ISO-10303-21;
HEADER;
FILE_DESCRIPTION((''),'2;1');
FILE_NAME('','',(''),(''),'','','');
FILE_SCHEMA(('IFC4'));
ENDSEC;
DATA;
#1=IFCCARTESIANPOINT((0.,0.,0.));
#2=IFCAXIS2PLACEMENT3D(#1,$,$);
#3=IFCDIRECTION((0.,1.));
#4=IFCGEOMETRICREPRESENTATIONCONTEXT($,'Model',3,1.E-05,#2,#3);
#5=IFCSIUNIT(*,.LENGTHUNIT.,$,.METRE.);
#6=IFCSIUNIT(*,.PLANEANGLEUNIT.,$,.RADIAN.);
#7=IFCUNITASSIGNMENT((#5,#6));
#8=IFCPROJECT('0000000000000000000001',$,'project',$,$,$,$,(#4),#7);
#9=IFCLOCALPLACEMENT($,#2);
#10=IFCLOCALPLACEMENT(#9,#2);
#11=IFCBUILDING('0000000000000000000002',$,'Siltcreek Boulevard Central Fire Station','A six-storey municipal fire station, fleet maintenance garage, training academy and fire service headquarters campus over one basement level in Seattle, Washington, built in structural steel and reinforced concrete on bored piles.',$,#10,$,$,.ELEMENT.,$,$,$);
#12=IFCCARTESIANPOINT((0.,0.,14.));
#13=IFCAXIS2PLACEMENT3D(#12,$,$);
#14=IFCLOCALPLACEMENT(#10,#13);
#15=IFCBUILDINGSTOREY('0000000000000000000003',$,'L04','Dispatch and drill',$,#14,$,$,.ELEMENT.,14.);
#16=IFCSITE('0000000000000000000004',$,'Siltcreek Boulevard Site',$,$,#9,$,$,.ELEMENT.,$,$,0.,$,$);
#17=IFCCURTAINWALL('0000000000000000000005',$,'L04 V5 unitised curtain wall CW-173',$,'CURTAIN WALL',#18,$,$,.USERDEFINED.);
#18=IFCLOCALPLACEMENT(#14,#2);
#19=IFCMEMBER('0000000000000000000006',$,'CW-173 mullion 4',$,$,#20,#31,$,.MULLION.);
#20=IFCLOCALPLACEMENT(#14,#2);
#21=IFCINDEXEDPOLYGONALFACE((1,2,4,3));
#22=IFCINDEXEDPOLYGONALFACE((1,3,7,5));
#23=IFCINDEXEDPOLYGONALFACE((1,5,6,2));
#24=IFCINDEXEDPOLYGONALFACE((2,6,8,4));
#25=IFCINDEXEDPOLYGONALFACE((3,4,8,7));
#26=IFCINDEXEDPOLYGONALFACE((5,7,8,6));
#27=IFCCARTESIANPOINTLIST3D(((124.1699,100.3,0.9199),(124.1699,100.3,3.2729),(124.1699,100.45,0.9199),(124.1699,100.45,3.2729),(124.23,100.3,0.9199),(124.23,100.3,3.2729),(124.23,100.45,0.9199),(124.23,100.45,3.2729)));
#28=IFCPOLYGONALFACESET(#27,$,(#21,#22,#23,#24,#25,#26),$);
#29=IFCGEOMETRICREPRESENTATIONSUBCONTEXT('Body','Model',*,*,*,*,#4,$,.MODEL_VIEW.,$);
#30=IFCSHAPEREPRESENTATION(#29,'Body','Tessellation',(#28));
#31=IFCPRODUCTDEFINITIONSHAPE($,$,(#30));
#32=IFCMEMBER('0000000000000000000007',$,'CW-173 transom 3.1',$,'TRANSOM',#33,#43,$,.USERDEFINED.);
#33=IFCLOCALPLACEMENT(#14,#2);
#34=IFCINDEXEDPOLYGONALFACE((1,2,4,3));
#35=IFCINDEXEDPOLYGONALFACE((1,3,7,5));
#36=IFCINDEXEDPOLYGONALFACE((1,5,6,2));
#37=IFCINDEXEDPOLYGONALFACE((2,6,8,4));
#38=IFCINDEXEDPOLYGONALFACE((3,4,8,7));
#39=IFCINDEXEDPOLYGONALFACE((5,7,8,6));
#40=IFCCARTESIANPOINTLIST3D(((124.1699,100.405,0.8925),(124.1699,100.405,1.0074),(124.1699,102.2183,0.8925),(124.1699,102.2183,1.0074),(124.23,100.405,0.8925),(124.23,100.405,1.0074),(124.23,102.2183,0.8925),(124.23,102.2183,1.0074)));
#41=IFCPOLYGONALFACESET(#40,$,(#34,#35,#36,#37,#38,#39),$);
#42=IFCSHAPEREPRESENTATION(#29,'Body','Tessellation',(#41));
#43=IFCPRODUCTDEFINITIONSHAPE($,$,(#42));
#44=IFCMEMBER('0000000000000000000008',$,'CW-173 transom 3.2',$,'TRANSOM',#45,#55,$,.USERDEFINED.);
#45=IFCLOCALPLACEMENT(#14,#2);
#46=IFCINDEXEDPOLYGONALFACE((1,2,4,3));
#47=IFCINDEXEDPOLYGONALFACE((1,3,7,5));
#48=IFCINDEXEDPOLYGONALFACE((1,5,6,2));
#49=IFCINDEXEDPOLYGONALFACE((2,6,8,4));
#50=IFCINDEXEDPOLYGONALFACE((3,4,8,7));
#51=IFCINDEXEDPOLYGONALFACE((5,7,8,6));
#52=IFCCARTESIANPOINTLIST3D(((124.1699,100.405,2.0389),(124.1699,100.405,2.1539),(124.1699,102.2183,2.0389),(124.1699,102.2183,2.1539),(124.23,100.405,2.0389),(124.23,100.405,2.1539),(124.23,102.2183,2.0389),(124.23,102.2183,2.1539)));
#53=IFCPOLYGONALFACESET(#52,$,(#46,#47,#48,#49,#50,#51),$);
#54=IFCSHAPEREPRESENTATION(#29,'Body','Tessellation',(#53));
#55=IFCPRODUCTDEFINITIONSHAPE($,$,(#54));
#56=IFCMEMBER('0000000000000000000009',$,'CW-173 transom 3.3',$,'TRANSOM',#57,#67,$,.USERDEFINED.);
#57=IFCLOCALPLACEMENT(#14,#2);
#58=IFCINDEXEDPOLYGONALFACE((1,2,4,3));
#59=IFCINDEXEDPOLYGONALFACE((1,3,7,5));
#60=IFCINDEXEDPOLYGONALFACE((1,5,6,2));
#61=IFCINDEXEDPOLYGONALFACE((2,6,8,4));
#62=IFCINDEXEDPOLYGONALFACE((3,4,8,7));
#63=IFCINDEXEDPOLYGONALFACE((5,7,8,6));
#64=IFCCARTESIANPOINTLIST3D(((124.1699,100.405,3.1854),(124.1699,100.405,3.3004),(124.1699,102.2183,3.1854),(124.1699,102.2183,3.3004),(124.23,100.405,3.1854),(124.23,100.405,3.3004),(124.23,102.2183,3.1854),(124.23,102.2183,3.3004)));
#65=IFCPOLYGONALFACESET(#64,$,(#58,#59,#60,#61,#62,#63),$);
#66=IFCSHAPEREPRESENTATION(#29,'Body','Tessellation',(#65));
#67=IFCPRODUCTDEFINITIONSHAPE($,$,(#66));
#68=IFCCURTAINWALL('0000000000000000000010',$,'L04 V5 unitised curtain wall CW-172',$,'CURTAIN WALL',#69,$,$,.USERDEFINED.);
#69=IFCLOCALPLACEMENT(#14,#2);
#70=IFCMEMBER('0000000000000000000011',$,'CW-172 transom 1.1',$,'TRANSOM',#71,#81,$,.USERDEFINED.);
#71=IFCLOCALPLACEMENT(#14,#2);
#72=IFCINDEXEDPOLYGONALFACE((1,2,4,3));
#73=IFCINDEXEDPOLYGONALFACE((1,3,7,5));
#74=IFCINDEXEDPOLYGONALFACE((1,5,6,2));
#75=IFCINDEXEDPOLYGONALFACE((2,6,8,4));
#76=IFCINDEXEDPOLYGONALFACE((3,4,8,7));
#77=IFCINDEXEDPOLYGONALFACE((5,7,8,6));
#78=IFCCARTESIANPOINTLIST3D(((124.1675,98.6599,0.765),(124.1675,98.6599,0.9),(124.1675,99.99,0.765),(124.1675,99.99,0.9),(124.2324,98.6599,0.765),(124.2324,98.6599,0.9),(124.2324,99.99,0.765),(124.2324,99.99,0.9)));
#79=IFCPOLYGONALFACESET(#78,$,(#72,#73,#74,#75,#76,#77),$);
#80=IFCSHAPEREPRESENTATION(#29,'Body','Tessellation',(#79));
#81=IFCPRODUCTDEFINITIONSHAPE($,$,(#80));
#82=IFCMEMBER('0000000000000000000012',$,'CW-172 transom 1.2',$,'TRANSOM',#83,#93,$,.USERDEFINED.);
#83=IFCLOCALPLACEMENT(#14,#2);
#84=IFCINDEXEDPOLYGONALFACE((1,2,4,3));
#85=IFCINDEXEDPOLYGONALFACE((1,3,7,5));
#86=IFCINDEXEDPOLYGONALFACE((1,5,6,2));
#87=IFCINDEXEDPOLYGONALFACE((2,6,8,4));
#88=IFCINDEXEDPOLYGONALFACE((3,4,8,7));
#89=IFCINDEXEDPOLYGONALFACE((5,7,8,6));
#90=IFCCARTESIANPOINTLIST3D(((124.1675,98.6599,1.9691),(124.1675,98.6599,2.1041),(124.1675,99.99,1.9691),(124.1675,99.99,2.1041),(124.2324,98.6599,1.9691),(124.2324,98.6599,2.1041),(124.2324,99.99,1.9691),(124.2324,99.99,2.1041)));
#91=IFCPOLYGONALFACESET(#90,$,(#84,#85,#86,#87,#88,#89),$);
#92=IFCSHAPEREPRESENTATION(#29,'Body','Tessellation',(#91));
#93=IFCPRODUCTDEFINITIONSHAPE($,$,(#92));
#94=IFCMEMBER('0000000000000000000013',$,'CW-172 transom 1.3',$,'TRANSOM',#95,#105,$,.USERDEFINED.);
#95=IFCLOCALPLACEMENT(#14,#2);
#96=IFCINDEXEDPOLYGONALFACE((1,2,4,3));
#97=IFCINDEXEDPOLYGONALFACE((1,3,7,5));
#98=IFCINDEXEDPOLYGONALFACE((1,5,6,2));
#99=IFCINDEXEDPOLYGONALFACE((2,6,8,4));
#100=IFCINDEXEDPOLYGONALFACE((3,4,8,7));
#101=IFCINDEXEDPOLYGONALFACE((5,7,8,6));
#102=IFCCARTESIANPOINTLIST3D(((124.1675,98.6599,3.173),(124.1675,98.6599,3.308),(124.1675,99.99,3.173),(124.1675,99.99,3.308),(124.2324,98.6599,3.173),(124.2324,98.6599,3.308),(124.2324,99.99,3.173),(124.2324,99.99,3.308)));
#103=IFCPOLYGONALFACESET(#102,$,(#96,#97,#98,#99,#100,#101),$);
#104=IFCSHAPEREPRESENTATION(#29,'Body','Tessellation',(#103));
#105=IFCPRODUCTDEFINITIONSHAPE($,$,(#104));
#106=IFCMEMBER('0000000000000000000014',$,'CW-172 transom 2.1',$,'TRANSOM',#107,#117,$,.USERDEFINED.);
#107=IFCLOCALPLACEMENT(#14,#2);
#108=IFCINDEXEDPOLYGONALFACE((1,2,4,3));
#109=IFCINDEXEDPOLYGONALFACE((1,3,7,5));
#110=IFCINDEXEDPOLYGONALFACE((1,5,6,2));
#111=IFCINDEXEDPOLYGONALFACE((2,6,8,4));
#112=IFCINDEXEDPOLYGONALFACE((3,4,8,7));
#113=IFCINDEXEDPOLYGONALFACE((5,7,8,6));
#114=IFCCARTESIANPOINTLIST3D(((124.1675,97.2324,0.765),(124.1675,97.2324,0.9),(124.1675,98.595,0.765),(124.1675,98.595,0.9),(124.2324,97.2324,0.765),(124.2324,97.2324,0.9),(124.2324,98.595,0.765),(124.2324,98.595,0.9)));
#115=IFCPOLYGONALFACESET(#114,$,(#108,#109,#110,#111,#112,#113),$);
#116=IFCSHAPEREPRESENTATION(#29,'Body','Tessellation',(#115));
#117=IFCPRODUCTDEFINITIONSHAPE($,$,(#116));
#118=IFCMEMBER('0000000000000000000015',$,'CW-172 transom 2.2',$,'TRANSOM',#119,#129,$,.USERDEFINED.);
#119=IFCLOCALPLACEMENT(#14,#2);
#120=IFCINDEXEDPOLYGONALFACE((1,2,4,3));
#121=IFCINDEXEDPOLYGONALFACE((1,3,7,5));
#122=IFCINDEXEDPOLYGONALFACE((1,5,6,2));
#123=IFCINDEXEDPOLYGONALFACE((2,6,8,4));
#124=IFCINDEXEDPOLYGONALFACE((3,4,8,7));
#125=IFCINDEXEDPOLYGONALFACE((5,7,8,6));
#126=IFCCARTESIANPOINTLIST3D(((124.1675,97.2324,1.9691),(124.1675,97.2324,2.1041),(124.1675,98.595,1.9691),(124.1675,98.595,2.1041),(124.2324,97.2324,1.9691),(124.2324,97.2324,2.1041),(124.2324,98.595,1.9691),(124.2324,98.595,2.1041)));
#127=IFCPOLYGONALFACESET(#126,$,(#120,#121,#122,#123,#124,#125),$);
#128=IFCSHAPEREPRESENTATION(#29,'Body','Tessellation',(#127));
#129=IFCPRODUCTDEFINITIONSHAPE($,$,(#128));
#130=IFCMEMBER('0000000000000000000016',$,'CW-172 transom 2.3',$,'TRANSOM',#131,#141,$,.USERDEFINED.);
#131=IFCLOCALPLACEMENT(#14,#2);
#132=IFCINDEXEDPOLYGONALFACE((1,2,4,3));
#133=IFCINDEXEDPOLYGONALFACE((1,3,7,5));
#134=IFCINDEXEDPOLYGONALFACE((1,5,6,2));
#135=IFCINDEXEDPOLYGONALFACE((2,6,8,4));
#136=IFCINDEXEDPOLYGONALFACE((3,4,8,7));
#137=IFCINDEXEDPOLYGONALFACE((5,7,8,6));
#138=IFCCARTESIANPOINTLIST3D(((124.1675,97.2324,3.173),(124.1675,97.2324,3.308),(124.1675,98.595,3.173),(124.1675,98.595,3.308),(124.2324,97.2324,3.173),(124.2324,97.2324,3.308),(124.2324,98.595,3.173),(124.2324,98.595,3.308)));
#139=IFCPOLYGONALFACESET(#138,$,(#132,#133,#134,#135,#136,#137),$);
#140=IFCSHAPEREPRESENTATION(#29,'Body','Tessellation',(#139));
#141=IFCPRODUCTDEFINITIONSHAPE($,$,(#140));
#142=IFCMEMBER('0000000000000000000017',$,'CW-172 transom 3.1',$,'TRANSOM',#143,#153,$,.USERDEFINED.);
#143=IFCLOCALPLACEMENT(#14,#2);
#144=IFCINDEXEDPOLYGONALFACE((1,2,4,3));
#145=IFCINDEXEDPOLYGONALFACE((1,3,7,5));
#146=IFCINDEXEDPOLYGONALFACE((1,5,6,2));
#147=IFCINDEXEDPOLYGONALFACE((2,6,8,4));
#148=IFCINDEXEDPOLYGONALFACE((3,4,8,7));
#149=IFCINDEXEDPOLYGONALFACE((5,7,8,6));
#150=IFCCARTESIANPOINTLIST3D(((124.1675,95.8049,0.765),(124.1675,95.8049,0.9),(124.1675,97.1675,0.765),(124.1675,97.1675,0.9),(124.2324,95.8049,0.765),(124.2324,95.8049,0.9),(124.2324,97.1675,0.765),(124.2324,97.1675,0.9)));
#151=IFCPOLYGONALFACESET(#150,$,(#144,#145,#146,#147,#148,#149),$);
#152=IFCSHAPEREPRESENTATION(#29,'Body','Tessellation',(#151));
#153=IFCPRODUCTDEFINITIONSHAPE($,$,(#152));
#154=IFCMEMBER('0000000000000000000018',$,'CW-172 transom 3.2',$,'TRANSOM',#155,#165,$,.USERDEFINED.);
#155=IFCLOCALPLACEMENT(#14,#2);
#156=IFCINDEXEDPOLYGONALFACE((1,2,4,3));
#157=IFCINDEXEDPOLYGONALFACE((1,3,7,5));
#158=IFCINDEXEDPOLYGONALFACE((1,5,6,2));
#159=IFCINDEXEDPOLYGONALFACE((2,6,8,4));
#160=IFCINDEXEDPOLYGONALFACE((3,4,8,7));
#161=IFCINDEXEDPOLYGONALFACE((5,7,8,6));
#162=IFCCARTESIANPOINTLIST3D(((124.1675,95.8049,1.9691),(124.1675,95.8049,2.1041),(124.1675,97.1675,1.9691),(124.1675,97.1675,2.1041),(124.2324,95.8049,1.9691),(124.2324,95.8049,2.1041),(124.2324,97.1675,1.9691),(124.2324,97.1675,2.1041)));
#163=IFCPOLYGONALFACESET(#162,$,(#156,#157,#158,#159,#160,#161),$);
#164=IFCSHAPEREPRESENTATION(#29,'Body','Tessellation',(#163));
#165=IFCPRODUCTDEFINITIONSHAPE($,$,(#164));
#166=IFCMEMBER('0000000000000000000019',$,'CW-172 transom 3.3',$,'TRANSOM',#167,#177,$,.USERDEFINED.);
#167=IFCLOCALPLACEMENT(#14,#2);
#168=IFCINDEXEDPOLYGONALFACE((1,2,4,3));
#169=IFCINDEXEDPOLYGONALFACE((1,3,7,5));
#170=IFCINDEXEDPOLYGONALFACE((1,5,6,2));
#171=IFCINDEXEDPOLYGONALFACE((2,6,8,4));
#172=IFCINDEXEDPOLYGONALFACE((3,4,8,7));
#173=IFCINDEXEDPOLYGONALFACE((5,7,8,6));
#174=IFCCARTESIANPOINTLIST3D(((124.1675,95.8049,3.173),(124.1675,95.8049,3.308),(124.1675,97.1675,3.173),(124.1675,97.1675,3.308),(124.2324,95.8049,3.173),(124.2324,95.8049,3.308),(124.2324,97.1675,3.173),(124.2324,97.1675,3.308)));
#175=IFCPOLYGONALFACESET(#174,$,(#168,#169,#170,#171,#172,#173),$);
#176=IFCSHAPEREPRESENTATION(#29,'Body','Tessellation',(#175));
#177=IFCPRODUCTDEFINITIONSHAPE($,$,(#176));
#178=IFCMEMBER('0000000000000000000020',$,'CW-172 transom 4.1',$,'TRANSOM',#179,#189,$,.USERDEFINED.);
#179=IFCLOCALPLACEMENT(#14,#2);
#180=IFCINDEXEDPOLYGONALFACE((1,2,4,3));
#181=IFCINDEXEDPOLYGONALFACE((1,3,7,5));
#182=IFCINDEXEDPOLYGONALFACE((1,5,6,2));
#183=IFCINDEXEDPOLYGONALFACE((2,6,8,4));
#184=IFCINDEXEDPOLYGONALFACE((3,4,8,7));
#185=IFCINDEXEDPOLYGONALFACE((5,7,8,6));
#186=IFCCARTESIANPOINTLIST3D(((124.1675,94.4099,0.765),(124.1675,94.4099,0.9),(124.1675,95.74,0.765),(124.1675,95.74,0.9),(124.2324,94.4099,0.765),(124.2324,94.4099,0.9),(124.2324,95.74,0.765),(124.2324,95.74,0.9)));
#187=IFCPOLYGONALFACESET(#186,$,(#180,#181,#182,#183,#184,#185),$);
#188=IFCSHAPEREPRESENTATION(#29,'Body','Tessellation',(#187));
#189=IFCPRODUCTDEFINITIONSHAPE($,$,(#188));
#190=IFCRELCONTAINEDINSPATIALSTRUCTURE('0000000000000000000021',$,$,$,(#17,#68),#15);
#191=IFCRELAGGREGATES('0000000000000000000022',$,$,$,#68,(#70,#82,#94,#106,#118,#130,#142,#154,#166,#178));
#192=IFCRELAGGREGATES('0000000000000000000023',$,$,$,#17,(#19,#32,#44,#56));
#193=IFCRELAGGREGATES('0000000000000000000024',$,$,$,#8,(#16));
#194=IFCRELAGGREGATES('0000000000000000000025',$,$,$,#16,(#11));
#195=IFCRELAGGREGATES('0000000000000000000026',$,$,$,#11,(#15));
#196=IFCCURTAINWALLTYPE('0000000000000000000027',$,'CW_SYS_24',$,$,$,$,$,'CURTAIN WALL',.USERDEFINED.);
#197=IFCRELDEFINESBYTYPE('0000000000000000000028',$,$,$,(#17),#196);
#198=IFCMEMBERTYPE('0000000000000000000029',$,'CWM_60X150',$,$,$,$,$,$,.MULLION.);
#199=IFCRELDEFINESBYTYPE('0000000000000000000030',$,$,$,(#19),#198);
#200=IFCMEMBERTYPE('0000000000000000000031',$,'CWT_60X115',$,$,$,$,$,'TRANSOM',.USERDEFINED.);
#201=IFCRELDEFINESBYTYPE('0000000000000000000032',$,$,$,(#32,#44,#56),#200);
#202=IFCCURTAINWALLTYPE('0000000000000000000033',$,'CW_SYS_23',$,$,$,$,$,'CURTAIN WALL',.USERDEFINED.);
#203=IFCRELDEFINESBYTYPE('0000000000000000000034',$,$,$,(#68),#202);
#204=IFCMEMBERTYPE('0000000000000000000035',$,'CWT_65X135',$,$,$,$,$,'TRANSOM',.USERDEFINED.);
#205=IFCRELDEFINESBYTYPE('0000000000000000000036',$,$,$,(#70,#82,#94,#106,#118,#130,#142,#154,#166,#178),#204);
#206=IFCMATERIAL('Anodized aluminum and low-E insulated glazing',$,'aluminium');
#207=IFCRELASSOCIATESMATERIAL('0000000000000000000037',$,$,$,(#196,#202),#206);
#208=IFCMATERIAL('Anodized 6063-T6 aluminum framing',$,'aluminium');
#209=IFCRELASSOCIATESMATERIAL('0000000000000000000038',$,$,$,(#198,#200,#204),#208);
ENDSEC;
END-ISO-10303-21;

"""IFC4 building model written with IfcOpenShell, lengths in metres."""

from ifc_helpers import new_model, si_unit, direction, frame, origin, origin_2d, place, context, subcontext, project, spatial, rectangle, extrude, material, material_profile, profile_set, type_object, element, aggregate, save


model = new_model("IFC4")

# Units and contexts
model_context = context("Model", 3, precision=1e-05, world=origin(), true_north=direction((0.0, 1.0)))
body_context = subcontext(model_context, "Body", "Model", "MODEL_VIEW")
ifc_project = project(units=[si_unit("LENGTHUNIT", "METRE"), si_unit("PLANEANGLEUNIT", "RADIAN")], contexts=[model_context])

# Site, building, storey
site_placement = place(None, origin())
site = spatial("IfcSite", under=ifc_project, at=site_placement, Name="Siltcreek Boulevard Site", CompositionType="ELEMENT", RefElevation=0.0)
building_placement = place(site_placement, origin())
building = spatial("IfcBuilding", under=site, at=building_placement, Name="Siltcreek Boulevard Central Fire Station", Description="A six-storey municipal fire station, fleet maintenance garage, training academy and fire service headquarters campus over one basement level in Seattle, Washington, built in structural steel and reinforced concrete on bored piles.", CompositionType="ELEMENT")
storey_placement = place(building_placement, frame((0.0, 0.0, 14.0)))
storey = spatial("IfcBuildingStorey", under=building, at=storey_placement, Name="L04", Description="Dispatch and drill", CompositionType="ELEMENT", Elevation=14.0)

# Curtain wall, members
ifc_material_1 = material(Name="Anodized aluminum and low-E insulated glazing", Category="aluminium")
curtain_wall_type_1 = type_object("IfcCurtainWallType", Name="CW_SYS_24", ElementType="CURTAIN WALL", PredefinedType="USERDEFINED", material=ifc_material_1)
curtain_wall_1_placement = place(storey_placement, origin())
curtain_wall_1 = element("IfcCurtainWall", 1, at=curtain_wall_1_placement, inside=storey, type_object=curtain_wall_type_1, Name="L04 V5 unitised curtain wall CW-173", ObjectType="CURTAIN WALL", PredefinedType="USERDEFINED")
ifc_material_2 = material(Name="Anodized 6063-T6 aluminum framing", Category="aluminium")
ifc_material_profile_1 = material_profile(ifc_material_2, rectangle(XDim=0.0601, YDim=0.1499, at=origin_2d()), Name="MULL60X150")
ifc_profile_set_1 = profile_set([ifc_material_profile_1], Name="Anodized 6063-T6 aluminum framing")
member_type_1 = type_object("IfcMemberType", Name="CWM_60X150", PredefinedType="MULLION", material=ifc_profile_set_1)
member_1_placement = place(storey_placement, frame((124.2, 100.375, 0.9199), z_axis=(0.0, 0.0, 1.0), x_axis=(1.0, 0.0, 0.0)))
member_1 = element("IfcMember", 2, at=member_1_placement, type_object=member_type_1, Name="CW-173 mullion 4", PredefinedType="MULLION", context=body_context, shape_type="SweptSolid", body=[
    extrude(rectangle(XDim=0.0601, YDim=0.1499, at=origin_2d()), origin(), (0.0, 0.0, 1.0), 2.353),
])
ifc_material_profile_2 = material_profile(ifc_material_2, rectangle(XDim=0.0601, YDim=0.115, at=origin_2d()), Name="TRAN60X115")
ifc_profile_set_2 = profile_set([ifc_material_profile_2], Name="Anodized 6063-T6 aluminum framing")
member_type_2 = type_object("IfcMemberType", Name="CWT_60X115", ElementType="TRANSOM", PredefinedType="USERDEFINED", material=ifc_profile_set_2)
member_2_placement = place(storey_placement, frame((124.2, 102.2183, 0.95), z_axis=(0.0, -1.0, 0.0), x_axis=(1.0, 0.0, 0.0)))
member_2 = element("IfcMember", 3, at=member_2_placement, type_object=member_type_2, Name="CW-173 transom 3.1", ObjectType="TRANSOM", PredefinedType="USERDEFINED", context=body_context, shape_type="SweptSolid", body=[
    extrude(rectangle(XDim=0.0601, YDim=0.115, at=origin_2d()), origin(), (0.0, 0.0, 1.0), 1.8132),
])
member_3_placement = place(storey_placement, frame((124.2, 102.2183, 2.0964), z_axis=(0.0, -1.0, 0.0), x_axis=(1.0, 0.0, 0.0)))
member_3 = element("IfcMember", 4, at=member_3_placement, type_object=member_type_2, Name="CW-173 transom 3.2", ObjectType="TRANSOM", PredefinedType="USERDEFINED", context=body_context, shape_type="SweptSolid", body=[
    extrude(rectangle(XDim=0.0601, YDim=0.115, at=origin_2d()), origin(), (0.0, 0.0, 1.0), 1.8132),
])
member_4_placement = place(storey_placement, frame((124.2, 102.2183, 3.2429), z_axis=(0.0, -1.0, 0.0), x_axis=(1.0, 0.0, 0.0)))
member_4 = element("IfcMember", 5, at=member_4_placement, type_object=member_type_2, Name="CW-173 transom 3.3", ObjectType="TRANSOM", PredefinedType="USERDEFINED", context=body_context, shape_type="SweptSolid", body=[
    extrude(rectangle(XDim=0.0601, YDim=0.115, at=origin_2d()), origin(), (0.0, 0.0, 1.0), 1.8132),
])

# Curtain wall, members
curtain_wall_type_2 = type_object("IfcCurtainWallType", Name="CW_SYS_23", ElementType="CURTAIN WALL", PredefinedType="USERDEFINED", material=ifc_material_1)
curtain_wall_2_placement = place(storey_placement, origin())
curtain_wall_2 = element("IfcCurtainWall", 6, at=curtain_wall_2_placement, inside=storey, type_object=curtain_wall_type_2, Name="L04 V5 unitised curtain wall CW-172", ObjectType="CURTAIN WALL", PredefinedType="USERDEFINED")
ifc_material_profile_3 = material_profile(ifc_material_2, rectangle(XDim=0.0649, YDim=0.135, at=origin_2d()), Name="TRAN65X135")
ifc_profile_set_3 = profile_set([ifc_material_profile_3], Name="Anodized 6063-T6 aluminum framing")
member_type_3 = type_object("IfcMemberType", Name="CWT_65X135", ElementType="TRANSOM", PredefinedType="USERDEFINED", material=ifc_profile_set_3)
member_5_placement = place(storey_placement, frame((124.2, 99.99, 0.8325), z_axis=(0.0, -1.0, 0.0), x_axis=(1.0, 0.0, 0.0)))
member_5 = element("IfcMember", 7, at=member_5_placement, type_object=member_type_3, Name="CW-172 transom 1.1", ObjectType="TRANSOM", PredefinedType="USERDEFINED", context=body_context, shape_type="SweptSolid", body=[
    extrude(rectangle(XDim=0.0649, YDim=0.135, at=origin_2d()), origin(), (0.0, 0.0, 1.0), 1.3301),
])
member_6_placement = place(storey_placement, frame((124.2, 99.99, 2.0366), z_axis=(0.0, -1.0, 0.0), x_axis=(1.0, 0.0, 0.0)))
member_6 = element("IfcMember", 8, at=member_6_placement, type_object=member_type_3, Name="CW-172 transom 1.2", ObjectType="TRANSOM", PredefinedType="USERDEFINED", context=body_context, shape_type="SweptSolid", body=[
    extrude(rectangle(XDim=0.0649, YDim=0.135, at=origin_2d()), origin(), (0.0, 0.0, 1.0), 1.3301),
])
member_7_placement = place(storey_placement, frame((124.2, 99.99, 3.2405), z_axis=(0.0, -1.0, 0.0), x_axis=(1.0, 0.0, 0.0)))
member_7 = element("IfcMember", 9, at=member_7_placement, type_object=member_type_3, Name="CW-172 transom 1.3", ObjectType="TRANSOM", PredefinedType="USERDEFINED", context=body_context, shape_type="SweptSolid", body=[
    extrude(rectangle(XDim=0.0649, YDim=0.135, at=origin_2d()), origin(), (0.0, 0.0, 1.0), 1.3301),
])
member_8_placement = place(storey_placement, frame((124.2, 98.595, 0.8325), z_axis=(0.0, -1.0, 0.0), x_axis=(1.0, 0.0, 0.0)))
member_8 = element("IfcMember", 10, at=member_8_placement, type_object=member_type_3, Name="CW-172 transom 2.1", ObjectType="TRANSOM", PredefinedType="USERDEFINED", context=body_context, shape_type="SweptSolid", body=[
    extrude(rectangle(XDim=0.0649, YDim=0.135, at=origin_2d()), origin(), (0.0, 0.0, 1.0), 1.3625),
])
member_9_placement = place(storey_placement, frame((124.2, 98.595, 2.0366), z_axis=(0.0, -1.0, 0.0), x_axis=(1.0, 0.0, 0.0)))
member_9 = element("IfcMember", 11, at=member_9_placement, type_object=member_type_3, Name="CW-172 transom 2.2", ObjectType="TRANSOM", PredefinedType="USERDEFINED", context=body_context, shape_type="SweptSolid", body=[
    extrude(rectangle(XDim=0.0649, YDim=0.135, at=origin_2d()), origin(), (0.0, 0.0, 1.0), 1.3625),
])
member_10_placement = place(storey_placement, frame((124.2, 98.595, 3.2405), z_axis=(0.0, -1.0, 0.0), x_axis=(1.0, 0.0, 0.0)))
member_10 = element("IfcMember", 12, at=member_10_placement, type_object=member_type_3, Name="CW-172 transom 2.3", ObjectType="TRANSOM", PredefinedType="USERDEFINED", context=body_context, shape_type="SweptSolid", body=[
    extrude(rectangle(XDim=0.0649, YDim=0.135, at=origin_2d()), origin(), (0.0, 0.0, 1.0), 1.3625),
])
member_11_placement = place(storey_placement, frame((124.2, 97.1675, 0.8325), z_axis=(0.0, -1.0, 0.0), x_axis=(1.0, 0.0, 0.0)))
member_11 = element("IfcMember", 13, at=member_11_placement, type_object=member_type_3, Name="CW-172 transom 3.1", ObjectType="TRANSOM", PredefinedType="USERDEFINED", context=body_context, shape_type="SweptSolid", body=[
    extrude(rectangle(XDim=0.0649, YDim=0.135, at=origin_2d()), origin(), (0.0, 0.0, 1.0), 1.3625),
])
member_12_placement = place(storey_placement, frame((124.2, 97.1675, 2.0366), z_axis=(0.0, -1.0, 0.0), x_axis=(1.0, 0.0, 0.0)))
member_12 = element("IfcMember", 14, at=member_12_placement, type_object=member_type_3, Name="CW-172 transom 3.2", ObjectType="TRANSOM", PredefinedType="USERDEFINED", context=body_context, shape_type="SweptSolid", body=[
    extrude(rectangle(XDim=0.0649, YDim=0.135, at=origin_2d()), origin(), (0.0, 0.0, 1.0), 1.3625),
])
member_13_placement = place(storey_placement, frame((124.2, 97.1675, 3.2405), z_axis=(0.0, -1.0, 0.0), x_axis=(1.0, 0.0, 0.0)))
member_13 = element("IfcMember", 15, at=member_13_placement, type_object=member_type_3, Name="CW-172 transom 3.3", ObjectType="TRANSOM", PredefinedType="USERDEFINED", context=body_context, shape_type="SweptSolid", body=[
    extrude(rectangle(XDim=0.0649, YDim=0.135, at=origin_2d()), origin(), (0.0, 0.0, 1.0), 1.3625),
])
member_14_placement = place(storey_placement, frame((124.2, 95.74, 0.8325), z_axis=(0.0, -1.0, 0.0), x_axis=(1.0, 0.0, 0.0)))
member_14 = element("IfcMember", 16, at=member_14_placement, type_object=member_type_3, Name="CW-172 transom 4.1", ObjectType="TRANSOM", PredefinedType="USERDEFINED", context=body_context, shape_type="SweptSolid", body=[
    extrude(rectangle(XDim=0.0649, YDim=0.135, at=origin_2d()), origin(), (0.0, 0.0, 1.0), 1.3301),
])
aggregate(curtain_wall_2, [member_5, member_6, member_7, member_8, member_9, member_10, member_11, member_12, member_13, member_14])

aggregate(curtain_wall_1, [member_1, member_2, member_3, member_4])

save(model, "model.ifc")
